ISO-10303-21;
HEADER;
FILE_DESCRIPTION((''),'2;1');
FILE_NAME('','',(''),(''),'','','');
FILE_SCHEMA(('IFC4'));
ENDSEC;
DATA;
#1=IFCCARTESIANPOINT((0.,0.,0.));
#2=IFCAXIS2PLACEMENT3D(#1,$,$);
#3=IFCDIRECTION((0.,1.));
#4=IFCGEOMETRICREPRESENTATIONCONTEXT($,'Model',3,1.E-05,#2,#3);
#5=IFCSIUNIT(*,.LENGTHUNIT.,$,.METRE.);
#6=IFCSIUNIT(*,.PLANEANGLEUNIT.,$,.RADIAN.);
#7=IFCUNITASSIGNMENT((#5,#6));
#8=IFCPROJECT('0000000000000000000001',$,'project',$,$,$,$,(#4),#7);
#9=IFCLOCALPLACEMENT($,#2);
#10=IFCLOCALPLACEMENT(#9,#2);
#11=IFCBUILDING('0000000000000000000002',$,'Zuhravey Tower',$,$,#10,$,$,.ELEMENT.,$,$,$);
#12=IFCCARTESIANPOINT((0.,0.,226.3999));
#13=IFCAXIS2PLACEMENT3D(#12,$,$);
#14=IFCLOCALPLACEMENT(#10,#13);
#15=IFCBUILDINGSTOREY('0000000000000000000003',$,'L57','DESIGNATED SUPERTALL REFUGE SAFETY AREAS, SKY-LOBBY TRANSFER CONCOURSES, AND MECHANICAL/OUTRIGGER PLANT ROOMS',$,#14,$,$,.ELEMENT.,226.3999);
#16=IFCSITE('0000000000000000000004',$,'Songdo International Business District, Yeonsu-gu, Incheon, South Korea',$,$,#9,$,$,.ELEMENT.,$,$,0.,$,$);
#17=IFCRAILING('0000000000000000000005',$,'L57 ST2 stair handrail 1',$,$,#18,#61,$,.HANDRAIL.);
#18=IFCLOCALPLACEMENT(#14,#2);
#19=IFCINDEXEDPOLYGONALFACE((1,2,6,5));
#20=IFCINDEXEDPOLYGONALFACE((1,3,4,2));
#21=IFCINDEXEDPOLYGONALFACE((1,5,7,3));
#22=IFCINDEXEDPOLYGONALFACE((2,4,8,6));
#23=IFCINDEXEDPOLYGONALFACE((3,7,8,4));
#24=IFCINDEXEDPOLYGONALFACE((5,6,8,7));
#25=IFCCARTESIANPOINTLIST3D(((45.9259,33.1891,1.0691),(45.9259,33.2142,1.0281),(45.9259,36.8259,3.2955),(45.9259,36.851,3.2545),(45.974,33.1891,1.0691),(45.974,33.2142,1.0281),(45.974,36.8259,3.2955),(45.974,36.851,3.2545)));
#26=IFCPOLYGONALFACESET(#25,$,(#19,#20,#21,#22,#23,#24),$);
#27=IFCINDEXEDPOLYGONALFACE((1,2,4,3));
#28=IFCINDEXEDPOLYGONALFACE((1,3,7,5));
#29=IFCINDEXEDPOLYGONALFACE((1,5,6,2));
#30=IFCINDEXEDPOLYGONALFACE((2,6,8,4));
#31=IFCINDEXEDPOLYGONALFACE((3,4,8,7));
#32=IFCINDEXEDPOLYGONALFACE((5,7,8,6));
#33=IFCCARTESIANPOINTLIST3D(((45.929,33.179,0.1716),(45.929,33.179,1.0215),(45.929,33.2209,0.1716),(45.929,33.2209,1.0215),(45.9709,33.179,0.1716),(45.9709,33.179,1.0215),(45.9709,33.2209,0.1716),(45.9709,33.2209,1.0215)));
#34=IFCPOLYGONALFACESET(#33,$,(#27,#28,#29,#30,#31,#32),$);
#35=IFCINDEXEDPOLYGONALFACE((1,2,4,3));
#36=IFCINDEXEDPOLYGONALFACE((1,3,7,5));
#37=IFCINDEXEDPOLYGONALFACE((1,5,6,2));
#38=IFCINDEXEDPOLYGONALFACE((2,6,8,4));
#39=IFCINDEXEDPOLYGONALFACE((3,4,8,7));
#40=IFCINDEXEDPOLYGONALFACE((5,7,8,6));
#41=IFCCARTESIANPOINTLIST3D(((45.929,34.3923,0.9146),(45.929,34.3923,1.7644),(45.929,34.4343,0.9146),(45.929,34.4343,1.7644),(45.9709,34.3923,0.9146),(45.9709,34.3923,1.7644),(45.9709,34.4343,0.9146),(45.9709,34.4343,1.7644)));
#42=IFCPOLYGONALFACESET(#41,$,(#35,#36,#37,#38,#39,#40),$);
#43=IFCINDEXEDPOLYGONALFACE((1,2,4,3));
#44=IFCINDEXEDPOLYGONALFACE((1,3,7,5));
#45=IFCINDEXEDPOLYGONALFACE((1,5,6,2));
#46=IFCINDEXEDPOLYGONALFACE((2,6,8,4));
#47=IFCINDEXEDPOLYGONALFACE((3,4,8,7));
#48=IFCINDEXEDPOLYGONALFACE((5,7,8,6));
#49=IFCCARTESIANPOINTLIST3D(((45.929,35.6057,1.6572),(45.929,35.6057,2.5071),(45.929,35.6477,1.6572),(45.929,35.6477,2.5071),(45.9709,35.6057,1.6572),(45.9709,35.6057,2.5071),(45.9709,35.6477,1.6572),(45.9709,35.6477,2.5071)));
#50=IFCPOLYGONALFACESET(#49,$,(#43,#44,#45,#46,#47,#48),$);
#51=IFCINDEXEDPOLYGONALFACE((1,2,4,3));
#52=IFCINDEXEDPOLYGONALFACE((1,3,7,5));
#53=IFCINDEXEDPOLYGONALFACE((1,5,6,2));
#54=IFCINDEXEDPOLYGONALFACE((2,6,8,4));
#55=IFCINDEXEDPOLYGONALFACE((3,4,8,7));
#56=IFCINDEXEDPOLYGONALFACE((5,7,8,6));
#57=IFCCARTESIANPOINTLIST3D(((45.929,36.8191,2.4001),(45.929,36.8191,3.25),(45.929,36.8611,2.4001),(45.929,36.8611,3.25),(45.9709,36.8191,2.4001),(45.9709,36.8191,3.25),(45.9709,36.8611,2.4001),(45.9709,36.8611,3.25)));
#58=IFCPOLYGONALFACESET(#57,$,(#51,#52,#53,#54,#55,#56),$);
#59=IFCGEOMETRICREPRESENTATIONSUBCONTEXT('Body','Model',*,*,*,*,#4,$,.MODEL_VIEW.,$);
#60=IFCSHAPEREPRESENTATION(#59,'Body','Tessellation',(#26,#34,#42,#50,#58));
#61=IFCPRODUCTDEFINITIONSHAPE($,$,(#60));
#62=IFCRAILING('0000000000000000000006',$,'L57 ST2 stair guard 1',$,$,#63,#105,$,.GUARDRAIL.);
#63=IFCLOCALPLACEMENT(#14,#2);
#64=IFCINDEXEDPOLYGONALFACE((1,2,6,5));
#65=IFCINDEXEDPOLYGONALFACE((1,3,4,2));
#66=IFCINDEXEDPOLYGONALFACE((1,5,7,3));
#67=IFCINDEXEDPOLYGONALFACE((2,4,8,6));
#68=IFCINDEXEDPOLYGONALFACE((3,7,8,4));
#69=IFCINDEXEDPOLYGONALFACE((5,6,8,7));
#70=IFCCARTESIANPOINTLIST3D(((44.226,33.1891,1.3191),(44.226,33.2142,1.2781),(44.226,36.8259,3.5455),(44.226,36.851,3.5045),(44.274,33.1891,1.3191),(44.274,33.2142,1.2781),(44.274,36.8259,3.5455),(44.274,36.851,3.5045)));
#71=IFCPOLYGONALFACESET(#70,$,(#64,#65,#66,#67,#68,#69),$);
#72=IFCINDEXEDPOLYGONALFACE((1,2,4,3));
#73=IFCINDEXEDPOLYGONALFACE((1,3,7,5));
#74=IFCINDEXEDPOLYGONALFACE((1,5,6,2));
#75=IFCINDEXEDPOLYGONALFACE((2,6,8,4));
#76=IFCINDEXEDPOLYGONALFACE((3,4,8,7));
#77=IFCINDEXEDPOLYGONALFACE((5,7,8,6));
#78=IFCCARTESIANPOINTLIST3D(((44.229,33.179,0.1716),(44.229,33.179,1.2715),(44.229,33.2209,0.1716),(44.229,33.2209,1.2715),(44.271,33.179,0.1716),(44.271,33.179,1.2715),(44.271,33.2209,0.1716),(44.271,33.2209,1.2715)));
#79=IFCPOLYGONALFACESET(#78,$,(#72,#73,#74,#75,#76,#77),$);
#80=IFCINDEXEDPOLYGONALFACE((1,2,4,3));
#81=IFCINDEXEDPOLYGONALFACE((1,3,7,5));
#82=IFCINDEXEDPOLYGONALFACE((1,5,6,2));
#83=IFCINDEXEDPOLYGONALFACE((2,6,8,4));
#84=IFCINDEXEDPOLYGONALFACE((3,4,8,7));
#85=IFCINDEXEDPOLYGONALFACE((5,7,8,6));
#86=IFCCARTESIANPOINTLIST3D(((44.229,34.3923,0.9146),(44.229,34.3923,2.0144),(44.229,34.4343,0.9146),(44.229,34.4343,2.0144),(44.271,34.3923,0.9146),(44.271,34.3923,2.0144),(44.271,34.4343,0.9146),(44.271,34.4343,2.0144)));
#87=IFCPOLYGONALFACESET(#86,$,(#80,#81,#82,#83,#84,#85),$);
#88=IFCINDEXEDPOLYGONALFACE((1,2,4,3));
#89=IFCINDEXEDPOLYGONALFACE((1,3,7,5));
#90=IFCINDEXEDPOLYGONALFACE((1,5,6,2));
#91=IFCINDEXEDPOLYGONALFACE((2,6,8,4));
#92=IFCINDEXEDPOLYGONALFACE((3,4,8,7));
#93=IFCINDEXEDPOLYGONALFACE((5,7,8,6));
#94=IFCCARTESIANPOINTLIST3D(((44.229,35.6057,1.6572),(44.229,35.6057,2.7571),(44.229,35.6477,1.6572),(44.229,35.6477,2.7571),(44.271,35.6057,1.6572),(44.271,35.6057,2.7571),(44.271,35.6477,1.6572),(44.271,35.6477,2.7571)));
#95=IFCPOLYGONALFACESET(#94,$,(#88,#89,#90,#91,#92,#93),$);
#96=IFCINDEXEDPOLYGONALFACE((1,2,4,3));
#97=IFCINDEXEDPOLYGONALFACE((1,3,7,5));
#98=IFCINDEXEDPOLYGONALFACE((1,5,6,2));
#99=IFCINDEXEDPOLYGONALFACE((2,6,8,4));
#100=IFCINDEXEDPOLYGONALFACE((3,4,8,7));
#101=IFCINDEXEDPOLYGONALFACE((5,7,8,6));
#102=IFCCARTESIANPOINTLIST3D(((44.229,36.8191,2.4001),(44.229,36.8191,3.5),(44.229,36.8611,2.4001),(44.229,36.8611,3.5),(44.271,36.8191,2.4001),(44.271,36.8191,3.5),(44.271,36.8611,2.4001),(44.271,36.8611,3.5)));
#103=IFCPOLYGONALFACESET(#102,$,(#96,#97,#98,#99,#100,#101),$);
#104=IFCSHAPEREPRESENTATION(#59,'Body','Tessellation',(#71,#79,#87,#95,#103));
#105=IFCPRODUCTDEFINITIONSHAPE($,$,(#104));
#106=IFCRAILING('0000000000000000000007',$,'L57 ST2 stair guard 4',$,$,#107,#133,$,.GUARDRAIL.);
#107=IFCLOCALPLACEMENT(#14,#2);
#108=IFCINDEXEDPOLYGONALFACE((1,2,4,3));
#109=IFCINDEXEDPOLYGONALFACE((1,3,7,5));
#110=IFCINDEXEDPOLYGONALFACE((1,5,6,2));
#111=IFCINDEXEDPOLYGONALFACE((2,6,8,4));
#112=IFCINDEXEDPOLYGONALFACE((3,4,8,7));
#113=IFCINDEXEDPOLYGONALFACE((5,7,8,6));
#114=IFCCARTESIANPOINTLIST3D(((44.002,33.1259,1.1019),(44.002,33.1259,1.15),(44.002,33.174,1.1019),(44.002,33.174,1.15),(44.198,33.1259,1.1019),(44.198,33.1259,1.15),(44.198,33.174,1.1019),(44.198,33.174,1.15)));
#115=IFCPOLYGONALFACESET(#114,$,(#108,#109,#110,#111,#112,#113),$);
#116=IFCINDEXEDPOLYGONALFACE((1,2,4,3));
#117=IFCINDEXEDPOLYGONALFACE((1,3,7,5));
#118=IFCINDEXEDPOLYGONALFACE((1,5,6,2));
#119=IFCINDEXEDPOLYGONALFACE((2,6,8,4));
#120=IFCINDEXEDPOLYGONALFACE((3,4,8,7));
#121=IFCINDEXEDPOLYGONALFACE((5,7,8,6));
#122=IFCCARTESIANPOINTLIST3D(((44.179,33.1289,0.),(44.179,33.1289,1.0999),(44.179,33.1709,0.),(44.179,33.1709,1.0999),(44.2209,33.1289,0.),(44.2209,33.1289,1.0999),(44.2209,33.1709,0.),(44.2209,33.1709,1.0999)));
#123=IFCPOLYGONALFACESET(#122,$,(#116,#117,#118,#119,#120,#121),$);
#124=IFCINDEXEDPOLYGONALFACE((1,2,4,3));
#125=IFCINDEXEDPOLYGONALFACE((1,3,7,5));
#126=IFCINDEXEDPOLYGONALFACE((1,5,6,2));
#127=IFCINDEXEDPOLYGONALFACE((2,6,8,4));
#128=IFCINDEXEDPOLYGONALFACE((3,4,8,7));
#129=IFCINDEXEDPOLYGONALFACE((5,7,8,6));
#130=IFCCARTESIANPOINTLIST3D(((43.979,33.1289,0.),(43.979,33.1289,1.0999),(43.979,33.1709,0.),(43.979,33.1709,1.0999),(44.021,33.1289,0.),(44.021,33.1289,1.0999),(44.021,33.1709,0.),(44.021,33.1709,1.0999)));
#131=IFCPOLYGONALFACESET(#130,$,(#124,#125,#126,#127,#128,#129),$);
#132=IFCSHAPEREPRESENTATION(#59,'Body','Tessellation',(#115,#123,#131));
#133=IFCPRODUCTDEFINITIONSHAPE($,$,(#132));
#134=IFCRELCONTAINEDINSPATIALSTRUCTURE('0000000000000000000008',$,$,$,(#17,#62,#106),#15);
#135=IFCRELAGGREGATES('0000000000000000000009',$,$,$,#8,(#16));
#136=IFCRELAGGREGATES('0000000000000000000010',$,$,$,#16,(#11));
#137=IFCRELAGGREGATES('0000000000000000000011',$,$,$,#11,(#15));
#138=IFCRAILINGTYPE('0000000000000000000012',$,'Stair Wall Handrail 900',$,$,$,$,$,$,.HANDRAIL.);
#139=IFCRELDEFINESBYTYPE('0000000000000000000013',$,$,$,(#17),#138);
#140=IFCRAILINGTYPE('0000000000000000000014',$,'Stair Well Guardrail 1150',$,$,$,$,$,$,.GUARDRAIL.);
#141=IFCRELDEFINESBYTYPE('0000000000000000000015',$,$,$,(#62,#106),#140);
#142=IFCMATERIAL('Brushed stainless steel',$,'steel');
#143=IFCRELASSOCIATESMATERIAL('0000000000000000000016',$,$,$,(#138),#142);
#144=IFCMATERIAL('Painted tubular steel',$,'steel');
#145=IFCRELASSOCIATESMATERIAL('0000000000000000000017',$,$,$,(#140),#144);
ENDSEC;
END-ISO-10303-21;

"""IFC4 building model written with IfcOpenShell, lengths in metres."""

from ifc_helpers import new_model, si_unit, direction, frame, origin, origin_2d, place, context, subcontext, project, spatial, rectangle, extrude, material, type_object, element, save


model = new_model("IFC4")

# Units and contexts
model_context = context("Model", 3, precision=1e-05, world=origin(), true_north=direction((0.0, 1.0)))
body_context = subcontext(model_context, "Body", "Model", "MODEL_VIEW")
ifc_project = project(units=[si_unit("LENGTHUNIT", "METRE"), si_unit("PLANEANGLEUNIT", "RADIAN")], contexts=[model_context])

# Site, building, storey
site_placement = place(None, origin())
site = spatial("IfcSite", under=ifc_project, at=site_placement, Name="Songdo International Business District, Yeonsu-gu, Incheon, South Korea", CompositionType="ELEMENT", RefElevation=0.0)
building_placement = place(site_placement, origin())
building = spatial("IfcBuilding", under=site, at=building_placement, Name="Zuhravey Tower", CompositionType="ELEMENT")
storey_placement = place(building_placement, frame((0.0, 0.0, 226.3999)))
storey = spatial("IfcBuildingStorey", under=building, at=storey_placement, Name="L57", Description="DESIGNATED SUPERTALL REFUGE SAFETY AREAS, SKY-LOBBY TRANSFER CONCOURSES, AND MECHANICAL/OUTRIGGER PLANT ROOMS", CompositionType="ELEMENT", Elevation=226.3999)

# Shared definitions
ifc_material_1 = material(Name="Brushed stainless steel", Category="steel")

# Railings
railing_type_1 = type_object("IfcRailingType", Name="Stair Wall Handrail 900", PredefinedType="HANDRAIL", material=ifc_material_1)
railing_1_placement = place(storey_placement, frame((45.95, 33.2, 0.1716)))
element("IfcRailing", 1, at=railing_1_placement, inside=storey, type_object=railing_type_1, Name="L57 ST2 stair handrail 1", PredefinedType="HANDRAIL", context=body_context, shape_type="SweptSolid", body=[
    extrude(rectangle(XDim=0.0481, YDim=0.0481, at=origin_2d()), frame((0.0, 0.0017, 0.877), z_axis=(0.0, 0.852866, 0.52213), x_axis=(-1.0, 0.0, 0.0)), (0.0, 0.0, 1.0), 4.2642),
    extrude(rectangle(XDim=0.042, YDim=0.042, at=origin_2d()), origin(), (0.0, 0.0, 1.0), 0.8499),
    extrude(rectangle(XDim=0.042, YDim=0.042, at=origin_2d()), frame((0.0, 1.2134, 0.7429)), (0.0, 0.0, 1.0), 0.8499),
    extrude(rectangle(XDim=0.042, YDim=0.042, at=origin_2d()), frame((0.0, 2.4268, 1.4856)), (0.0, 0.0, 1.0), 0.8499),
    extrude(rectangle(XDim=0.042, YDim=0.042, at=origin_2d()), frame((0.0, 3.6401, 2.2285)), (0.0, 0.0, 1.0), 0.8499),
])
ifc_material_2 = material(Name="Painted tubular steel", Category="steel")
railing_type_2 = type_object("IfcRailingType", Name="Stair Well Guardrail 1150", PredefinedType="GUARDRAIL", material=ifc_material_2)
railing_2_placement = place(storey_placement, frame((44.25, 33.2, 0.1716)))
element("IfcRailing", 2, at=railing_2_placement, inside=storey, type_object=railing_type_2, Name="L57 ST2 stair guard 1", PredefinedType="GUARDRAIL", context=body_context, shape_type="SweptSolid", body=[
    extrude(rectangle(XDim=0.0481, YDim=0.0481, at=origin_2d()), frame((0.0, 0.0017, 1.127), z_axis=(0.0, 0.852866, 0.52213), x_axis=(-1.0, 0.0, 0.0)), (0.0, 0.0, 1.0), 4.2642),
    extrude(rectangle(XDim=0.042, YDim=0.042, at=origin_2d()), origin(), (0.0, 0.0, 1.0), 1.0999),
    extrude(rectangle(XDim=0.042, YDim=0.042, at=origin_2d()), frame((0.0, 1.2134, 0.7429)), (0.0, 0.0, 1.0), 1.0999),
    extrude(rectangle(XDim=0.042, YDim=0.042, at=origin_2d()), frame((0.0, 2.4268, 1.4856)), (0.0, 0.0, 1.0), 1.0999),
    extrude(rectangle(XDim=0.042, YDim=0.042, at=origin_2d()), frame((0.0, 3.6401, 2.2285)), (0.0, 0.0, 1.0), 1.0999),
])
railing_3_placement = place(storey_placement, frame((44.2, 33.1499, 0.0)))
element("IfcRailing", 3, at=railing_3_placement, inside=storey, type_object=railing_type_2, Name="L57 ST2 stair guard 4", PredefinedType="GUARDRAIL", context=body_context, shape_type="SweptSolid", body=[
    extrude(rectangle(XDim=0.0481, YDim=0.0481, at=origin_2d()), frame((-0.002, 0.0, 1.126), z_axis=(-1.0, 0.0, 0.0), x_axis=(0.0, -1.0, 0.0)), (0.0, 0.0, 1.0), 0.196),
    extrude(rectangle(XDim=0.042, YDim=0.042, at=origin_2d()), origin(), (0.0, 0.0, 1.0), 1.0999),
    extrude(rectangle(XDim=0.042, YDim=0.042, at=origin_2d()), frame((-0.2, 0.0, 0.0)), (0.0, 0.0, 1.0), 1.0999),
])

save(model, "model.ifc")
